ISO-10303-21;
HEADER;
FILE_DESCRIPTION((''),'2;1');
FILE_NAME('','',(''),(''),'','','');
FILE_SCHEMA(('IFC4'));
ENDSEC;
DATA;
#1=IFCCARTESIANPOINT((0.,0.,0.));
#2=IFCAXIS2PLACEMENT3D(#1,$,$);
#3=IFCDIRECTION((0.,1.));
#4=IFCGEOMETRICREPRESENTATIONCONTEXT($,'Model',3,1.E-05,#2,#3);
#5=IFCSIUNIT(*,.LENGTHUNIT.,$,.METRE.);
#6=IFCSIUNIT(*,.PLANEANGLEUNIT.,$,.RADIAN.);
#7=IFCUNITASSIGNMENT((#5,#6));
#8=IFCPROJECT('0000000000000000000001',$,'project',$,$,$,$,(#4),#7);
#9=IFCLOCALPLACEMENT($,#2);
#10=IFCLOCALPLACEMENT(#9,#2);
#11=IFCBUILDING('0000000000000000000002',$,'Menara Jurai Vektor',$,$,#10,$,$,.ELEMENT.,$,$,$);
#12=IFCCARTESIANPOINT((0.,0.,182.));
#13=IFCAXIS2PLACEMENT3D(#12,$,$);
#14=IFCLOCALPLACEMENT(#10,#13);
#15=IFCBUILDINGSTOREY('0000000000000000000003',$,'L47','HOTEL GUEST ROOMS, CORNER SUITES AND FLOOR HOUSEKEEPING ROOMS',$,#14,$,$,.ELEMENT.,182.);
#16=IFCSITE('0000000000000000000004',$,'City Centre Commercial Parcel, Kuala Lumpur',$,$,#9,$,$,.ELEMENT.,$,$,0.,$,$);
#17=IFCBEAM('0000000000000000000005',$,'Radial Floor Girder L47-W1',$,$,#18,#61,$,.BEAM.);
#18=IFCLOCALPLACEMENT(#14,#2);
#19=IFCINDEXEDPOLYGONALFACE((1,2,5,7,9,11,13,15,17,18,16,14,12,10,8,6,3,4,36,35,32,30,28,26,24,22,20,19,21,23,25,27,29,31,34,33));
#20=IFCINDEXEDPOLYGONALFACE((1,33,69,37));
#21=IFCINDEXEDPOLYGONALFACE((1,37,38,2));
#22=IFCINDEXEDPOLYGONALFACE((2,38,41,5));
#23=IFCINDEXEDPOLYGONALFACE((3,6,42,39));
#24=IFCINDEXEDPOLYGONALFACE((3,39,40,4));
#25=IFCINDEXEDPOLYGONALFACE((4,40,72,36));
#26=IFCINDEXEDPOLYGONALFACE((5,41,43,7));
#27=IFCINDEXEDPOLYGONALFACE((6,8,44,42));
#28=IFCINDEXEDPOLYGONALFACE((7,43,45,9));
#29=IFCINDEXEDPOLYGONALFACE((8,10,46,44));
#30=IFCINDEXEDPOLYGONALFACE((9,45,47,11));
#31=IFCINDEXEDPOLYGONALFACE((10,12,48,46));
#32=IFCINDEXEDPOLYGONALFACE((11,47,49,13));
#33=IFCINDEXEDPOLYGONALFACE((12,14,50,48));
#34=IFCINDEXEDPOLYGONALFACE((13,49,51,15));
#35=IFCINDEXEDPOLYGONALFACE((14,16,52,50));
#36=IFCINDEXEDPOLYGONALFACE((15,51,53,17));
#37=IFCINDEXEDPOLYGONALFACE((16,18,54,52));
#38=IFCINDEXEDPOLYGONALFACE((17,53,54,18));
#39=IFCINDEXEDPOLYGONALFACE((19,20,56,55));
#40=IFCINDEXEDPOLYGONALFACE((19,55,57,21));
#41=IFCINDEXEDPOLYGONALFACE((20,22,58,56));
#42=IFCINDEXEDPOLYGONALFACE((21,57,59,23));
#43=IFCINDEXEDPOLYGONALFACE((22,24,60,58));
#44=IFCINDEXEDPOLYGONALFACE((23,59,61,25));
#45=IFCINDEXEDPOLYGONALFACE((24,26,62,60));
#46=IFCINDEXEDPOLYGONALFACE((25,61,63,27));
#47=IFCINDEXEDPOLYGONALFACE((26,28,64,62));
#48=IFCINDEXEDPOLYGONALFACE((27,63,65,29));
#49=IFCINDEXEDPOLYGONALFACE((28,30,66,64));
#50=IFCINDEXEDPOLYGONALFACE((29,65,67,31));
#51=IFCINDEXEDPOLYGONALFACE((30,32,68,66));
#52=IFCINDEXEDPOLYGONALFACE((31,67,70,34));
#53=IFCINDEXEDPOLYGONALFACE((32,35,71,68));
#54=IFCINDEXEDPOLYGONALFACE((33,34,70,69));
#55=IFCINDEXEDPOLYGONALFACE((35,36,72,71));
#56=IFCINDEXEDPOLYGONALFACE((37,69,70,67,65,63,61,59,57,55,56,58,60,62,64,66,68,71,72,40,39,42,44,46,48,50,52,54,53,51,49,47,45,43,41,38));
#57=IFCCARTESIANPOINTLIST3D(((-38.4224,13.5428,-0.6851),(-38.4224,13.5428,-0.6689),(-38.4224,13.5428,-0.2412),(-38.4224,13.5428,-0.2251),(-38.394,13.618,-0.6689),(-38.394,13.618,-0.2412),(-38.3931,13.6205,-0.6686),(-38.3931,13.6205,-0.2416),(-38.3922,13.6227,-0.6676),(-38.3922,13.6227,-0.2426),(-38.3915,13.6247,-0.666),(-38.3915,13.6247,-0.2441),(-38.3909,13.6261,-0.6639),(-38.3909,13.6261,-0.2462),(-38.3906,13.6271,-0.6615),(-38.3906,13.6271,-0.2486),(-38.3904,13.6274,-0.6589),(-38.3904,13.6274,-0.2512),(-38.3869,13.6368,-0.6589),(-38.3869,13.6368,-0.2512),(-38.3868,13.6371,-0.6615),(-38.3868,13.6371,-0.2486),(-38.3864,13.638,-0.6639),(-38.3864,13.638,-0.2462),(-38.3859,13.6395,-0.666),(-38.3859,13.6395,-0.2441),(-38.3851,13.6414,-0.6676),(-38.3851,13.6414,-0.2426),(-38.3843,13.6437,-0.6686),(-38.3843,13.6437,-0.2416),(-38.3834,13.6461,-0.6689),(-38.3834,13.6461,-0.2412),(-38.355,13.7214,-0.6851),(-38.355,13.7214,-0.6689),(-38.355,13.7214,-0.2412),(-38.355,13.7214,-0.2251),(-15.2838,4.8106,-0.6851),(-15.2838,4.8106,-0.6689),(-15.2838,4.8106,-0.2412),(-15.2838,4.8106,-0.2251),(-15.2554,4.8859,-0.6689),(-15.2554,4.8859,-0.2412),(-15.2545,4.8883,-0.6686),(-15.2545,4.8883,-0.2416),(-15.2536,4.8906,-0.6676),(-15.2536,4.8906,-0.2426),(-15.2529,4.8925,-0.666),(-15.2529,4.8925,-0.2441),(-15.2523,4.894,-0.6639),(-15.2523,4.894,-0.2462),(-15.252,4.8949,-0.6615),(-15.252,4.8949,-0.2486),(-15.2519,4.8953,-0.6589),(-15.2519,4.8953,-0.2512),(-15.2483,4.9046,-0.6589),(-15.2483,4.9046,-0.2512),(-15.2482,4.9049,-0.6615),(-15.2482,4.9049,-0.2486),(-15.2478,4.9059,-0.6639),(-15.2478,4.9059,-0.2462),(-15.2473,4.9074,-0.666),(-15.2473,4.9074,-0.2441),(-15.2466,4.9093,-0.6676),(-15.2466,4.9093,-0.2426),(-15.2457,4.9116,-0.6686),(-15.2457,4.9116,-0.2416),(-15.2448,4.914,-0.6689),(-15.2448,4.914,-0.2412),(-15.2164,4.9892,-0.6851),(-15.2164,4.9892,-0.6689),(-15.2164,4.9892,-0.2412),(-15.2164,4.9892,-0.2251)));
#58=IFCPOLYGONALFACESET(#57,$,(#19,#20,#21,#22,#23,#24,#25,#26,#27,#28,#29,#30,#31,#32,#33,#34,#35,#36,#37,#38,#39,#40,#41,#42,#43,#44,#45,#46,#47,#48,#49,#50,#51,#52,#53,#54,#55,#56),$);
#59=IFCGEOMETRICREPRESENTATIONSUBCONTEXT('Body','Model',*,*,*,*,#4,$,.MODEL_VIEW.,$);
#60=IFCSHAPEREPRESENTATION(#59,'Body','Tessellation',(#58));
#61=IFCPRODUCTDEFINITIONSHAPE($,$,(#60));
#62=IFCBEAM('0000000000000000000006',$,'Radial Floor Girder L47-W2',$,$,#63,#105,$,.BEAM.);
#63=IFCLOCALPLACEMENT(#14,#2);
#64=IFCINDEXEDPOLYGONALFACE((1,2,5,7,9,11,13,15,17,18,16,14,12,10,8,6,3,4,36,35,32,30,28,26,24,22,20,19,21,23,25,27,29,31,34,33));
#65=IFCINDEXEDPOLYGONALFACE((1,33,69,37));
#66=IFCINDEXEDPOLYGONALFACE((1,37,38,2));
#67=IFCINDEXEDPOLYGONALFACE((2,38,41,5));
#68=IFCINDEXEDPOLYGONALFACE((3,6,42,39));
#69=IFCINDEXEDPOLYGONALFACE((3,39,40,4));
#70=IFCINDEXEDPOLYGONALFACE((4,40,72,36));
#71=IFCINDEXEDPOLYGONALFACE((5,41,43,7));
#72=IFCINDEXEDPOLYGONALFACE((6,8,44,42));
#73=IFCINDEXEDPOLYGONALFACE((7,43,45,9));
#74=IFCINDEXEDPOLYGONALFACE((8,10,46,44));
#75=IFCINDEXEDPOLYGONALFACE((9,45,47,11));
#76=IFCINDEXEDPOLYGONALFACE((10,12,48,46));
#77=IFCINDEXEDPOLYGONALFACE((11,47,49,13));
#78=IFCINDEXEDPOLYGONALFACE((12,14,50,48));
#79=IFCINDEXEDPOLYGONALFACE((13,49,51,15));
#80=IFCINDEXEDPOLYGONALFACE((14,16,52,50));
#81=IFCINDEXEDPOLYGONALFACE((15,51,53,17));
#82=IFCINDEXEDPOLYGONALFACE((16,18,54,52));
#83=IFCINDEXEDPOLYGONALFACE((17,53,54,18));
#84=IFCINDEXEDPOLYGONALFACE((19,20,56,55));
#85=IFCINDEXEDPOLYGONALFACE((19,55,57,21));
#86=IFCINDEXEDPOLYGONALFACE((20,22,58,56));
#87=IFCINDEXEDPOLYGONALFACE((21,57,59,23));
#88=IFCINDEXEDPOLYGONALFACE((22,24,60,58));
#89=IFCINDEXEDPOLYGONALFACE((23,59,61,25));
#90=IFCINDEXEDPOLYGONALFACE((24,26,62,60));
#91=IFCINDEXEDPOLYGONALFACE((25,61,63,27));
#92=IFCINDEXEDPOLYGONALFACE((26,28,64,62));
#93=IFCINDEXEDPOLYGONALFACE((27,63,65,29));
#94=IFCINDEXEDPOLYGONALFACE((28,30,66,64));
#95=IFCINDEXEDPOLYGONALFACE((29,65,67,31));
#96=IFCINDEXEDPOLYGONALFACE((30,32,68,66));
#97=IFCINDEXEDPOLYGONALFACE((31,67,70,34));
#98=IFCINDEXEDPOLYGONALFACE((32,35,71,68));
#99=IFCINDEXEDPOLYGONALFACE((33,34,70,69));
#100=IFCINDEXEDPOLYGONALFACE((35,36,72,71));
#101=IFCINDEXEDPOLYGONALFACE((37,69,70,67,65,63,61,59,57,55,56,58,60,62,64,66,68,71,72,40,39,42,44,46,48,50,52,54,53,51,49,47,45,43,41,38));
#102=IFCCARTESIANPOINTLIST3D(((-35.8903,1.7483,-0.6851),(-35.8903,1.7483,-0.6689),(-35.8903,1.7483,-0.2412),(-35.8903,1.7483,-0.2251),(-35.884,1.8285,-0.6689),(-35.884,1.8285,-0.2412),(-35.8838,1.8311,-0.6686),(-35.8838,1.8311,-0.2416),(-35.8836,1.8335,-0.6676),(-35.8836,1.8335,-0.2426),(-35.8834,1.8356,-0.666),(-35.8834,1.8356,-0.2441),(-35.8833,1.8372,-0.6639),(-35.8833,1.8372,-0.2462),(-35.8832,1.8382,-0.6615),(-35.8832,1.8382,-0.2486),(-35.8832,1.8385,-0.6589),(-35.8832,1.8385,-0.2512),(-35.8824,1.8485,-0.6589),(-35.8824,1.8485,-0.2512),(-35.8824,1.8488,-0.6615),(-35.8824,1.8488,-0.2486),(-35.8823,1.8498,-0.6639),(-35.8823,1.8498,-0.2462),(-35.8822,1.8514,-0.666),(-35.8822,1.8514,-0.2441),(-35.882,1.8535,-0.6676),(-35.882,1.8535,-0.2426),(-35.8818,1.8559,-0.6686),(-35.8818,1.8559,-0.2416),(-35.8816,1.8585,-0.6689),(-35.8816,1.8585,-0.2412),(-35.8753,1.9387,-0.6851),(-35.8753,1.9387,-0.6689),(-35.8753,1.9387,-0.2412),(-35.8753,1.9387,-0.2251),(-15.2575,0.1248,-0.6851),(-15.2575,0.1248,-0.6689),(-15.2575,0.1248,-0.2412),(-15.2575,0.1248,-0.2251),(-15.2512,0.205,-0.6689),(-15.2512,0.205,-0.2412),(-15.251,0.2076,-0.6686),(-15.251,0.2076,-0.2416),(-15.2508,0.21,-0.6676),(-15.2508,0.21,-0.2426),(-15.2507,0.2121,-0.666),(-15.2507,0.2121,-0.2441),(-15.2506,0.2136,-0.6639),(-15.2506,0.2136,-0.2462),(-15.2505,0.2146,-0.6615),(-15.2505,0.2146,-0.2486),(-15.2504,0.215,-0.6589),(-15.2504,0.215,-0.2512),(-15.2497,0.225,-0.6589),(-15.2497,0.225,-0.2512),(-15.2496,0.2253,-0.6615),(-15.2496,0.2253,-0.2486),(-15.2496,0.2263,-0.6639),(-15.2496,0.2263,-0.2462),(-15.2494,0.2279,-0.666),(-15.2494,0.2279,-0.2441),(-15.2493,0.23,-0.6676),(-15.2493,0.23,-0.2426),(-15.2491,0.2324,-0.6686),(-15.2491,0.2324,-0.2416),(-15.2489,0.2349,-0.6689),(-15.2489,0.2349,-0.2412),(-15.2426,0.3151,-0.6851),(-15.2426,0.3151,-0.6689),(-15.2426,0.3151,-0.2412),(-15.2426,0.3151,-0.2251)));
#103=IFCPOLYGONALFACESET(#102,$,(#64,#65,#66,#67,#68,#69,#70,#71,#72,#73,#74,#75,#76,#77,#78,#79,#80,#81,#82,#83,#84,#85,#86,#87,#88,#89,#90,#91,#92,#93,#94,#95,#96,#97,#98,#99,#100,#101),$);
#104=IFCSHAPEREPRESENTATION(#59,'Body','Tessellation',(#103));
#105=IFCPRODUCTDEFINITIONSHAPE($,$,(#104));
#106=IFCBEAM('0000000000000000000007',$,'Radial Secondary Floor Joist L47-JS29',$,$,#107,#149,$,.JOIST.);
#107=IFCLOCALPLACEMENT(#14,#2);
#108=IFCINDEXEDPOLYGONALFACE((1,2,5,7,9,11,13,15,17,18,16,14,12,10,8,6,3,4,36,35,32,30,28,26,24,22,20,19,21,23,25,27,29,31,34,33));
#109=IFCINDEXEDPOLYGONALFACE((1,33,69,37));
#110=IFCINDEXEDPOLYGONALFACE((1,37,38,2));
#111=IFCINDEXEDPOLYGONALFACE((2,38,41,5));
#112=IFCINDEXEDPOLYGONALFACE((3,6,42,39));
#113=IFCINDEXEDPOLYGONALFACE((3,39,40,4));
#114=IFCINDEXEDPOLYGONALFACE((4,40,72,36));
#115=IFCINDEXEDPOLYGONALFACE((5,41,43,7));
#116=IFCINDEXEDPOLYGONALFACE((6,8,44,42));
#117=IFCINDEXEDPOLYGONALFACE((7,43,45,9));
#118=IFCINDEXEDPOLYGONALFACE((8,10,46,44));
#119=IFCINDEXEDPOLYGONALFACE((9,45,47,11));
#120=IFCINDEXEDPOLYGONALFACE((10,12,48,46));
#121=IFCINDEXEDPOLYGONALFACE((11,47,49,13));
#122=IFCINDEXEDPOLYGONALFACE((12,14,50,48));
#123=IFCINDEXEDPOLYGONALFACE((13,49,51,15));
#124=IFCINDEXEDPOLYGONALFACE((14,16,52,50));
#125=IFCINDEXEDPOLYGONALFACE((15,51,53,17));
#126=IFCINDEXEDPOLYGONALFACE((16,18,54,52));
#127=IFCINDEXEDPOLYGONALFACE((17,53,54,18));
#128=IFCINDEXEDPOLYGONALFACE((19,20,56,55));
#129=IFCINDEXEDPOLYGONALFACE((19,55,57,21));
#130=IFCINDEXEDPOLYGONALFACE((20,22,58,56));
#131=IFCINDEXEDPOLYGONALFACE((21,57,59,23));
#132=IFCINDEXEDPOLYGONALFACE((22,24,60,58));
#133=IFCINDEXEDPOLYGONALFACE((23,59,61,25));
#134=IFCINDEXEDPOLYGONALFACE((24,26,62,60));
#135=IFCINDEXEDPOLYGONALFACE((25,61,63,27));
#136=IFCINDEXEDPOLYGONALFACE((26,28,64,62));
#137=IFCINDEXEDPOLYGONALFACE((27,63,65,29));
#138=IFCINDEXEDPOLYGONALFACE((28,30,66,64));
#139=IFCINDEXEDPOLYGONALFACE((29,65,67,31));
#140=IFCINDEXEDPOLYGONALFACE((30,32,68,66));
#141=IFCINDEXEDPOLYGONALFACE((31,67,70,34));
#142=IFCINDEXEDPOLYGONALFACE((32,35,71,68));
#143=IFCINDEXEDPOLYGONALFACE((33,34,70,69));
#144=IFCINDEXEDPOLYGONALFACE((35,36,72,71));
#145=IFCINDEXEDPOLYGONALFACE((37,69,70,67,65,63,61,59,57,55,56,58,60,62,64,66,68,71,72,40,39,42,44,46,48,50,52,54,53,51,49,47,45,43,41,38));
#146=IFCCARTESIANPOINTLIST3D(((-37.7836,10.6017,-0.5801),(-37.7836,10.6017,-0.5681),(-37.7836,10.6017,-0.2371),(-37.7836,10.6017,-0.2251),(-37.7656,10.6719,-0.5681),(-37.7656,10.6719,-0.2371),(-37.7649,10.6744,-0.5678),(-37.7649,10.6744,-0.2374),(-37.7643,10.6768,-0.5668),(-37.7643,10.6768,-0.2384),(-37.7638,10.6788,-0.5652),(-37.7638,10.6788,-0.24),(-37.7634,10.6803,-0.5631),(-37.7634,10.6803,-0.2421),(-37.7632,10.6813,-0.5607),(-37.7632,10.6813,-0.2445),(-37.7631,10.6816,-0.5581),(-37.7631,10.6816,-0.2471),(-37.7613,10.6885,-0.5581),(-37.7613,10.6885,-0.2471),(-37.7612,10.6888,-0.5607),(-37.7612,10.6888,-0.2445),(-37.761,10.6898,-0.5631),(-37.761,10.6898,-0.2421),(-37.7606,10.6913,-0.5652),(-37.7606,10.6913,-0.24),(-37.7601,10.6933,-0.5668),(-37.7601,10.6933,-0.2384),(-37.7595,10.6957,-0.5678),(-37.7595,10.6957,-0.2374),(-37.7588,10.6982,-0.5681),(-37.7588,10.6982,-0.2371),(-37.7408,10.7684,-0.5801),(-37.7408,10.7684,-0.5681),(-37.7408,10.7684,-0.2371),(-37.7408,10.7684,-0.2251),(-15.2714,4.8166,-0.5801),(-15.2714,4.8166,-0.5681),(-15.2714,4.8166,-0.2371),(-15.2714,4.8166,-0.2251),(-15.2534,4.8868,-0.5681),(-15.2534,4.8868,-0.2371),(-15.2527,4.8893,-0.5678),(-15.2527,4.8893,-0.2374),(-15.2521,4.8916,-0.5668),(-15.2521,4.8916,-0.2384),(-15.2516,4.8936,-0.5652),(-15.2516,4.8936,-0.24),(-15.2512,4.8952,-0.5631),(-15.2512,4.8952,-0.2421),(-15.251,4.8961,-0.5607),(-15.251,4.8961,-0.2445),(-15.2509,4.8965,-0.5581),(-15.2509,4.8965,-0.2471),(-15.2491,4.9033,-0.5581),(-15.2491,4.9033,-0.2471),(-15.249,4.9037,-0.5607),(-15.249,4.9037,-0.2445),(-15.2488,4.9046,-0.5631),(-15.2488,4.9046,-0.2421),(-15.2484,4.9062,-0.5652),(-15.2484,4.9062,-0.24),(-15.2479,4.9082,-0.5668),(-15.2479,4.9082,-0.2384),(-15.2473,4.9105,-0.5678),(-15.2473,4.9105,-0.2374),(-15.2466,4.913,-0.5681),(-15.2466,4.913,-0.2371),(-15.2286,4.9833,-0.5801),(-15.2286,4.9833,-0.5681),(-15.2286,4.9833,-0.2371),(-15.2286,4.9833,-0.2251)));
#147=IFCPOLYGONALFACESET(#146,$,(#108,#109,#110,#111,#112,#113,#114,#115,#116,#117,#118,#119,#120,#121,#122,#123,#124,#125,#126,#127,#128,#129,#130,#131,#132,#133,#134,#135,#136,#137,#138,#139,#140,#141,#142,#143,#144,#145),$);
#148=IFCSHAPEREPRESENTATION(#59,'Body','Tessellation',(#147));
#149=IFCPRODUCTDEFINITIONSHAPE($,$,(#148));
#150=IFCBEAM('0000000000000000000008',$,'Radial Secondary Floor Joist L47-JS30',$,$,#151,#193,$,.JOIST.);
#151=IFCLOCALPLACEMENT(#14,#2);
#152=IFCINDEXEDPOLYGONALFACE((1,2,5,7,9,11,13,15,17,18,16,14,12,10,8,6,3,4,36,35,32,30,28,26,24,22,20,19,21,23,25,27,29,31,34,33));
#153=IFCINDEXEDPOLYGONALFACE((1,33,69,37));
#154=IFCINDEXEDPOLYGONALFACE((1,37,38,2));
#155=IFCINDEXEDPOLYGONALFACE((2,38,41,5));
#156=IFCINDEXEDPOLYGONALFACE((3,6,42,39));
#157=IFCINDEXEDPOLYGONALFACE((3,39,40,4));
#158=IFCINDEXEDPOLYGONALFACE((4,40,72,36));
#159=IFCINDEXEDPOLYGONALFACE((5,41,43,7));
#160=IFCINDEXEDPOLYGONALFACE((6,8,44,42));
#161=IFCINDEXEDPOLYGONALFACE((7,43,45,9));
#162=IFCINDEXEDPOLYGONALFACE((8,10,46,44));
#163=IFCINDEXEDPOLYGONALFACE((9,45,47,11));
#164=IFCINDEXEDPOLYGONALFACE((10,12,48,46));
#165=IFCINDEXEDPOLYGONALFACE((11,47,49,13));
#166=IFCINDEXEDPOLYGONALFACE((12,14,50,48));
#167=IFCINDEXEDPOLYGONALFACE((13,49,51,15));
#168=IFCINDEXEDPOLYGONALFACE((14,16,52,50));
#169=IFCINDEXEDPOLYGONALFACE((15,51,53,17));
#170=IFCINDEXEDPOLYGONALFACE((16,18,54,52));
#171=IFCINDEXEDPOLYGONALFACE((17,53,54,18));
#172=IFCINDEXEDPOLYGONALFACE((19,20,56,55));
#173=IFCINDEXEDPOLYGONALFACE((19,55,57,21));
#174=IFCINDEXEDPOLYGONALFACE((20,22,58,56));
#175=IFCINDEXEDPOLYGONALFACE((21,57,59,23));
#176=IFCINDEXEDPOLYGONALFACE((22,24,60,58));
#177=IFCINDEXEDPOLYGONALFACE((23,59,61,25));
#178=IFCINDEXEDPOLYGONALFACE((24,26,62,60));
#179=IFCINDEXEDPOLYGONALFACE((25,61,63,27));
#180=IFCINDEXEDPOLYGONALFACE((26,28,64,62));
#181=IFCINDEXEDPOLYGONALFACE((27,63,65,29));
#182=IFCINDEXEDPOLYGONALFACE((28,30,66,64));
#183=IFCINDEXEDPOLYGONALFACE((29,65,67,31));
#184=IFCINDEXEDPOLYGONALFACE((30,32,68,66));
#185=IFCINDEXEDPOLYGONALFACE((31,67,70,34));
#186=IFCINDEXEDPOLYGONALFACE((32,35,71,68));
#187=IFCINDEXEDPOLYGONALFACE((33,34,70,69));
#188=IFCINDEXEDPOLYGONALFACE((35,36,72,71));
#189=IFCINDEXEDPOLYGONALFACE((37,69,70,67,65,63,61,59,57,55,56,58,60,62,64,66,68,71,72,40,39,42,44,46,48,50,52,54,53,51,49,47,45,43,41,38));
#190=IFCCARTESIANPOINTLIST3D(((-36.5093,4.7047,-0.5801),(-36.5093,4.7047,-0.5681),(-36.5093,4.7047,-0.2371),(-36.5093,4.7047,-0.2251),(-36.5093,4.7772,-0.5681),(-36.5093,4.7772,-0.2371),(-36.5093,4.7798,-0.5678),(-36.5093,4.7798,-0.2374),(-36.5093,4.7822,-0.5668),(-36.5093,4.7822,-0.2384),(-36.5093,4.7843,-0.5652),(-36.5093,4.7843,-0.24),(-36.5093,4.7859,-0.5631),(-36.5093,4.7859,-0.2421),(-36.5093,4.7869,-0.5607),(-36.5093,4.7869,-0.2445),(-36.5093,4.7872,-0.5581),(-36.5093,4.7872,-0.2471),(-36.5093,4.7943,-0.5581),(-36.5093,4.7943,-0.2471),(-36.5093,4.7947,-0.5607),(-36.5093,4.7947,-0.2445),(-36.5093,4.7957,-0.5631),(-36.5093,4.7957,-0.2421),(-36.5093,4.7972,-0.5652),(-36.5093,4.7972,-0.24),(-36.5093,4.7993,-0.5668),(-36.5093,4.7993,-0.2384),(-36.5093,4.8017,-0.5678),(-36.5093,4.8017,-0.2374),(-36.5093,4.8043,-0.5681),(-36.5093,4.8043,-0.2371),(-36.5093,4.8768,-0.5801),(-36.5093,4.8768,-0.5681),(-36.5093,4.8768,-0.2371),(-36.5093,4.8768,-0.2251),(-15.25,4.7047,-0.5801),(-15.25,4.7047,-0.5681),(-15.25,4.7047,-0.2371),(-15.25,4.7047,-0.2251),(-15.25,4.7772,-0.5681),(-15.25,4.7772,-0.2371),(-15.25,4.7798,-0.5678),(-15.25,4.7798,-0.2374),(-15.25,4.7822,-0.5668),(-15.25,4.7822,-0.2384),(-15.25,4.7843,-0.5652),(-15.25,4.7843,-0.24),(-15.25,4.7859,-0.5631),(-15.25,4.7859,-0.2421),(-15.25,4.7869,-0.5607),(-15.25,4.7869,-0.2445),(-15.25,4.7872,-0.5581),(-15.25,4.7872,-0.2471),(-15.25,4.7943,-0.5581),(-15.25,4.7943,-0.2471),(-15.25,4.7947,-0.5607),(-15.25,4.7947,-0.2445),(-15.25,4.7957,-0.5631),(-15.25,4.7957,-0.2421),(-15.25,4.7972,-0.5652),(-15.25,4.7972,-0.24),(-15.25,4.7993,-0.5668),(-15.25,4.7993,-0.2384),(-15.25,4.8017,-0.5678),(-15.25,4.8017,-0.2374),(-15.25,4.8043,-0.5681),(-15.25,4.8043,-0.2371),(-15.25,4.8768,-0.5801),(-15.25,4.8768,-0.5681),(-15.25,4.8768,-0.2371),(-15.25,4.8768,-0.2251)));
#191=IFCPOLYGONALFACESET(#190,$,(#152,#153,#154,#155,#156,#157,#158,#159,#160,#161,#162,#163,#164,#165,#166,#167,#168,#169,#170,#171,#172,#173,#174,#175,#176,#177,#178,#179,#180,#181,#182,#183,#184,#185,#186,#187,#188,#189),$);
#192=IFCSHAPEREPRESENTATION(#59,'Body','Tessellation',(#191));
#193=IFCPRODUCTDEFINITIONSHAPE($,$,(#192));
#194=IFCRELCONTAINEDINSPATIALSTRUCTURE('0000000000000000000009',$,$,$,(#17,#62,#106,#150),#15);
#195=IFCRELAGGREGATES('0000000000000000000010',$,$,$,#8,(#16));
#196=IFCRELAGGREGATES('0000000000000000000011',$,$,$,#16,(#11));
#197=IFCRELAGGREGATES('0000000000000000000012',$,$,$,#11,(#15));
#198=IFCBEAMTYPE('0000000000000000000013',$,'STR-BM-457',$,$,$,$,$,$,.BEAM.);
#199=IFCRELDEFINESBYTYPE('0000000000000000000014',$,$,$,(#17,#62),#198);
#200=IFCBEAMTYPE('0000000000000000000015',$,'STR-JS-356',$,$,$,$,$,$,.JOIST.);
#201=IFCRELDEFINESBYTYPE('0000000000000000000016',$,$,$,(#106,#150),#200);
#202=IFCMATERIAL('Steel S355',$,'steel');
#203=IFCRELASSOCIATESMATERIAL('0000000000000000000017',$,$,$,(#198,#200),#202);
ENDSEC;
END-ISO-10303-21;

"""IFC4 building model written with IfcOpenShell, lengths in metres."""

from ifc_helpers import new_model, si_unit, direction, frame, origin, origin_2d, place, context, subcontext, project, spatial, i_section, extrude, material, material_profile, profile_set, type_object, element, save


model = new_model("IFC4")

# Units and contexts
model_context = context("Model", 3, precision=1e-05, world=origin(), true_north=direction((0.0, 1.0)))
body_context = subcontext(model_context, "Body", "Model", "MODEL_VIEW")
ifc_project = project(units=[si_unit("LENGTHUNIT", "METRE"), si_unit("PLANEANGLEUNIT", "RADIAN")], contexts=[model_context])

# Site, building, storey
site_placement = place(None, origin())
site = spatial("IfcSite", under=ifc_project, at=site_placement, Name="City Centre Commercial Parcel, Kuala Lumpur", CompositionType="ELEMENT", RefElevation=0.0)
building_placement = place(site_placement, origin())
building = spatial("IfcBuilding", under=site, at=building_placement, Name="Menara Jurai Vektor", CompositionType="ELEMENT")
storey_placement = place(building_placement, frame((0.0, 0.0, 182.0)))
storey = spatial("IfcBuildingStorey", under=building, at=storey_placement, Name="L47", Description="HOTEL GUEST ROOMS, CORNER SUITES AND FLOOR HOUSEKEEPING ROOMS", CompositionType="ELEMENT", Elevation=182.0)

# Beams
ifc_material_1 = material(Name="Steel S355", Category="steel")
ifc_material_profile_1 = material_profile(ifc_material_1, i_section(OverallWidth=0.1909, OverallDepth=0.46, WebThickness=0.01, FlangeThickness=0.0161, FilletRadius=0.01, at=origin_2d()), Name="UKB 457x191x82")
ifc_profile_set_1 = profile_set([ifc_material_profile_1], Name="Steel S355")
beam_type_1 = type_object("IfcBeamType", Name="STR-BM-457", PredefinedType="BEAM", material=ifc_profile_set_1)
beam_1_placement = place(storey_placement, frame((-38.3887, 13.6321, -0.4551), z_axis=(0.935594, -0.353079, 0.0), x_axis=(0.353079, 0.935594, 0.0)))
element("IfcBeam", 1, at=beam_1_placement, inside=storey, type_object=beam_type_1, Name="Radial Floor Girder L47-W1", PredefinedType="BEAM", context=body_context, shape_type="SweptSolid", body=[
    extrude(i_section(OverallWidth=0.1909, OverallDepth=0.46, WebThickness=0.01, FlangeThickness=0.0161, FilletRadius=0.01, at=origin_2d()), origin(), (0.0, 0.0, 1.0), 24.7314),
])
beam_2_placement = place(storey_placement, frame((-35.8828, 1.8435, -0.4551), z_axis=(0.996918, -0.078445, 0.0), x_axis=(0.078445, 0.996918, 0.0)))
element("IfcBeam", 2, at=beam_2_placement, inside=storey, type_object=beam_type_1, Name="Radial Floor Girder L47-W2", PredefinedType="BEAM", context=body_context, shape_type="SweptSolid", body=[
    extrude(i_section(OverallWidth=0.1909, OverallDepth=0.46, WebThickness=0.01, FlangeThickness=0.0161, FilletRadius=0.01, at=origin_2d()), origin(), (0.0, 0.0, 1.0), 20.6965),
])
ifc_material_profile_2 = material_profile(ifc_material_1, i_section(OverallWidth=0.1721, OverallDepth=0.355, WebThickness=0.0071, FlangeThickness=0.012, FilletRadius=0.01, at=origin_2d()), Name="UKB 356x171x51")
ifc_profile_set_2 = profile_set([ifc_material_profile_2], Name="Steel S355")
beam_type_2 = type_object("IfcBeamType", Name="STR-JS-356", PredefinedType="JOIST", material=ifc_profile_set_2)
beam_3_placement = place(storey_placement, frame((-37.7622, 10.6851, -0.4026), z_axis=(0.968531, -0.248892, 0.0), x_axis=(0.248892, 0.968531, 0.0)))
element("IfcBeam", 3, at=beam_3_placement, inside=storey, type_object=beam_type_2, Name="Radial Secondary Floor Joist L47-JS29", PredefinedType="JOIST", context=body_context, shape_type="SweptSolid", body=[
    extrude(i_section(OverallWidth=0.1721, OverallDepth=0.355, WebThickness=0.0071, FlangeThickness=0.012, FilletRadius=0.01, at=origin_2d()), origin(), (0.0, 0.0, 1.0), 23.2437),
])
beam_4_placement = place(storey_placement, frame((-36.5093, 4.7908, -0.4026), z_axis=(1.0, 0.0, 0.0), x_axis=(0.0, 1.0, 0.0)))
element("IfcBeam", 4, at=beam_4_placement, inside=storey, type_object=beam_type_2, Name="Radial Secondary Floor Joist L47-JS30", PredefinedType="JOIST", context=body_context, shape_type="SweptSolid", body=[
    extrude(i_section(OverallWidth=0.1721, OverallDepth=0.355, WebThickness=0.0071, FlangeThickness=0.012, FilletRadius=0.01, at=origin_2d()), origin(), (0.0, 0.0, 1.0), 21.2593),
])

save(model, "model.ifc")
